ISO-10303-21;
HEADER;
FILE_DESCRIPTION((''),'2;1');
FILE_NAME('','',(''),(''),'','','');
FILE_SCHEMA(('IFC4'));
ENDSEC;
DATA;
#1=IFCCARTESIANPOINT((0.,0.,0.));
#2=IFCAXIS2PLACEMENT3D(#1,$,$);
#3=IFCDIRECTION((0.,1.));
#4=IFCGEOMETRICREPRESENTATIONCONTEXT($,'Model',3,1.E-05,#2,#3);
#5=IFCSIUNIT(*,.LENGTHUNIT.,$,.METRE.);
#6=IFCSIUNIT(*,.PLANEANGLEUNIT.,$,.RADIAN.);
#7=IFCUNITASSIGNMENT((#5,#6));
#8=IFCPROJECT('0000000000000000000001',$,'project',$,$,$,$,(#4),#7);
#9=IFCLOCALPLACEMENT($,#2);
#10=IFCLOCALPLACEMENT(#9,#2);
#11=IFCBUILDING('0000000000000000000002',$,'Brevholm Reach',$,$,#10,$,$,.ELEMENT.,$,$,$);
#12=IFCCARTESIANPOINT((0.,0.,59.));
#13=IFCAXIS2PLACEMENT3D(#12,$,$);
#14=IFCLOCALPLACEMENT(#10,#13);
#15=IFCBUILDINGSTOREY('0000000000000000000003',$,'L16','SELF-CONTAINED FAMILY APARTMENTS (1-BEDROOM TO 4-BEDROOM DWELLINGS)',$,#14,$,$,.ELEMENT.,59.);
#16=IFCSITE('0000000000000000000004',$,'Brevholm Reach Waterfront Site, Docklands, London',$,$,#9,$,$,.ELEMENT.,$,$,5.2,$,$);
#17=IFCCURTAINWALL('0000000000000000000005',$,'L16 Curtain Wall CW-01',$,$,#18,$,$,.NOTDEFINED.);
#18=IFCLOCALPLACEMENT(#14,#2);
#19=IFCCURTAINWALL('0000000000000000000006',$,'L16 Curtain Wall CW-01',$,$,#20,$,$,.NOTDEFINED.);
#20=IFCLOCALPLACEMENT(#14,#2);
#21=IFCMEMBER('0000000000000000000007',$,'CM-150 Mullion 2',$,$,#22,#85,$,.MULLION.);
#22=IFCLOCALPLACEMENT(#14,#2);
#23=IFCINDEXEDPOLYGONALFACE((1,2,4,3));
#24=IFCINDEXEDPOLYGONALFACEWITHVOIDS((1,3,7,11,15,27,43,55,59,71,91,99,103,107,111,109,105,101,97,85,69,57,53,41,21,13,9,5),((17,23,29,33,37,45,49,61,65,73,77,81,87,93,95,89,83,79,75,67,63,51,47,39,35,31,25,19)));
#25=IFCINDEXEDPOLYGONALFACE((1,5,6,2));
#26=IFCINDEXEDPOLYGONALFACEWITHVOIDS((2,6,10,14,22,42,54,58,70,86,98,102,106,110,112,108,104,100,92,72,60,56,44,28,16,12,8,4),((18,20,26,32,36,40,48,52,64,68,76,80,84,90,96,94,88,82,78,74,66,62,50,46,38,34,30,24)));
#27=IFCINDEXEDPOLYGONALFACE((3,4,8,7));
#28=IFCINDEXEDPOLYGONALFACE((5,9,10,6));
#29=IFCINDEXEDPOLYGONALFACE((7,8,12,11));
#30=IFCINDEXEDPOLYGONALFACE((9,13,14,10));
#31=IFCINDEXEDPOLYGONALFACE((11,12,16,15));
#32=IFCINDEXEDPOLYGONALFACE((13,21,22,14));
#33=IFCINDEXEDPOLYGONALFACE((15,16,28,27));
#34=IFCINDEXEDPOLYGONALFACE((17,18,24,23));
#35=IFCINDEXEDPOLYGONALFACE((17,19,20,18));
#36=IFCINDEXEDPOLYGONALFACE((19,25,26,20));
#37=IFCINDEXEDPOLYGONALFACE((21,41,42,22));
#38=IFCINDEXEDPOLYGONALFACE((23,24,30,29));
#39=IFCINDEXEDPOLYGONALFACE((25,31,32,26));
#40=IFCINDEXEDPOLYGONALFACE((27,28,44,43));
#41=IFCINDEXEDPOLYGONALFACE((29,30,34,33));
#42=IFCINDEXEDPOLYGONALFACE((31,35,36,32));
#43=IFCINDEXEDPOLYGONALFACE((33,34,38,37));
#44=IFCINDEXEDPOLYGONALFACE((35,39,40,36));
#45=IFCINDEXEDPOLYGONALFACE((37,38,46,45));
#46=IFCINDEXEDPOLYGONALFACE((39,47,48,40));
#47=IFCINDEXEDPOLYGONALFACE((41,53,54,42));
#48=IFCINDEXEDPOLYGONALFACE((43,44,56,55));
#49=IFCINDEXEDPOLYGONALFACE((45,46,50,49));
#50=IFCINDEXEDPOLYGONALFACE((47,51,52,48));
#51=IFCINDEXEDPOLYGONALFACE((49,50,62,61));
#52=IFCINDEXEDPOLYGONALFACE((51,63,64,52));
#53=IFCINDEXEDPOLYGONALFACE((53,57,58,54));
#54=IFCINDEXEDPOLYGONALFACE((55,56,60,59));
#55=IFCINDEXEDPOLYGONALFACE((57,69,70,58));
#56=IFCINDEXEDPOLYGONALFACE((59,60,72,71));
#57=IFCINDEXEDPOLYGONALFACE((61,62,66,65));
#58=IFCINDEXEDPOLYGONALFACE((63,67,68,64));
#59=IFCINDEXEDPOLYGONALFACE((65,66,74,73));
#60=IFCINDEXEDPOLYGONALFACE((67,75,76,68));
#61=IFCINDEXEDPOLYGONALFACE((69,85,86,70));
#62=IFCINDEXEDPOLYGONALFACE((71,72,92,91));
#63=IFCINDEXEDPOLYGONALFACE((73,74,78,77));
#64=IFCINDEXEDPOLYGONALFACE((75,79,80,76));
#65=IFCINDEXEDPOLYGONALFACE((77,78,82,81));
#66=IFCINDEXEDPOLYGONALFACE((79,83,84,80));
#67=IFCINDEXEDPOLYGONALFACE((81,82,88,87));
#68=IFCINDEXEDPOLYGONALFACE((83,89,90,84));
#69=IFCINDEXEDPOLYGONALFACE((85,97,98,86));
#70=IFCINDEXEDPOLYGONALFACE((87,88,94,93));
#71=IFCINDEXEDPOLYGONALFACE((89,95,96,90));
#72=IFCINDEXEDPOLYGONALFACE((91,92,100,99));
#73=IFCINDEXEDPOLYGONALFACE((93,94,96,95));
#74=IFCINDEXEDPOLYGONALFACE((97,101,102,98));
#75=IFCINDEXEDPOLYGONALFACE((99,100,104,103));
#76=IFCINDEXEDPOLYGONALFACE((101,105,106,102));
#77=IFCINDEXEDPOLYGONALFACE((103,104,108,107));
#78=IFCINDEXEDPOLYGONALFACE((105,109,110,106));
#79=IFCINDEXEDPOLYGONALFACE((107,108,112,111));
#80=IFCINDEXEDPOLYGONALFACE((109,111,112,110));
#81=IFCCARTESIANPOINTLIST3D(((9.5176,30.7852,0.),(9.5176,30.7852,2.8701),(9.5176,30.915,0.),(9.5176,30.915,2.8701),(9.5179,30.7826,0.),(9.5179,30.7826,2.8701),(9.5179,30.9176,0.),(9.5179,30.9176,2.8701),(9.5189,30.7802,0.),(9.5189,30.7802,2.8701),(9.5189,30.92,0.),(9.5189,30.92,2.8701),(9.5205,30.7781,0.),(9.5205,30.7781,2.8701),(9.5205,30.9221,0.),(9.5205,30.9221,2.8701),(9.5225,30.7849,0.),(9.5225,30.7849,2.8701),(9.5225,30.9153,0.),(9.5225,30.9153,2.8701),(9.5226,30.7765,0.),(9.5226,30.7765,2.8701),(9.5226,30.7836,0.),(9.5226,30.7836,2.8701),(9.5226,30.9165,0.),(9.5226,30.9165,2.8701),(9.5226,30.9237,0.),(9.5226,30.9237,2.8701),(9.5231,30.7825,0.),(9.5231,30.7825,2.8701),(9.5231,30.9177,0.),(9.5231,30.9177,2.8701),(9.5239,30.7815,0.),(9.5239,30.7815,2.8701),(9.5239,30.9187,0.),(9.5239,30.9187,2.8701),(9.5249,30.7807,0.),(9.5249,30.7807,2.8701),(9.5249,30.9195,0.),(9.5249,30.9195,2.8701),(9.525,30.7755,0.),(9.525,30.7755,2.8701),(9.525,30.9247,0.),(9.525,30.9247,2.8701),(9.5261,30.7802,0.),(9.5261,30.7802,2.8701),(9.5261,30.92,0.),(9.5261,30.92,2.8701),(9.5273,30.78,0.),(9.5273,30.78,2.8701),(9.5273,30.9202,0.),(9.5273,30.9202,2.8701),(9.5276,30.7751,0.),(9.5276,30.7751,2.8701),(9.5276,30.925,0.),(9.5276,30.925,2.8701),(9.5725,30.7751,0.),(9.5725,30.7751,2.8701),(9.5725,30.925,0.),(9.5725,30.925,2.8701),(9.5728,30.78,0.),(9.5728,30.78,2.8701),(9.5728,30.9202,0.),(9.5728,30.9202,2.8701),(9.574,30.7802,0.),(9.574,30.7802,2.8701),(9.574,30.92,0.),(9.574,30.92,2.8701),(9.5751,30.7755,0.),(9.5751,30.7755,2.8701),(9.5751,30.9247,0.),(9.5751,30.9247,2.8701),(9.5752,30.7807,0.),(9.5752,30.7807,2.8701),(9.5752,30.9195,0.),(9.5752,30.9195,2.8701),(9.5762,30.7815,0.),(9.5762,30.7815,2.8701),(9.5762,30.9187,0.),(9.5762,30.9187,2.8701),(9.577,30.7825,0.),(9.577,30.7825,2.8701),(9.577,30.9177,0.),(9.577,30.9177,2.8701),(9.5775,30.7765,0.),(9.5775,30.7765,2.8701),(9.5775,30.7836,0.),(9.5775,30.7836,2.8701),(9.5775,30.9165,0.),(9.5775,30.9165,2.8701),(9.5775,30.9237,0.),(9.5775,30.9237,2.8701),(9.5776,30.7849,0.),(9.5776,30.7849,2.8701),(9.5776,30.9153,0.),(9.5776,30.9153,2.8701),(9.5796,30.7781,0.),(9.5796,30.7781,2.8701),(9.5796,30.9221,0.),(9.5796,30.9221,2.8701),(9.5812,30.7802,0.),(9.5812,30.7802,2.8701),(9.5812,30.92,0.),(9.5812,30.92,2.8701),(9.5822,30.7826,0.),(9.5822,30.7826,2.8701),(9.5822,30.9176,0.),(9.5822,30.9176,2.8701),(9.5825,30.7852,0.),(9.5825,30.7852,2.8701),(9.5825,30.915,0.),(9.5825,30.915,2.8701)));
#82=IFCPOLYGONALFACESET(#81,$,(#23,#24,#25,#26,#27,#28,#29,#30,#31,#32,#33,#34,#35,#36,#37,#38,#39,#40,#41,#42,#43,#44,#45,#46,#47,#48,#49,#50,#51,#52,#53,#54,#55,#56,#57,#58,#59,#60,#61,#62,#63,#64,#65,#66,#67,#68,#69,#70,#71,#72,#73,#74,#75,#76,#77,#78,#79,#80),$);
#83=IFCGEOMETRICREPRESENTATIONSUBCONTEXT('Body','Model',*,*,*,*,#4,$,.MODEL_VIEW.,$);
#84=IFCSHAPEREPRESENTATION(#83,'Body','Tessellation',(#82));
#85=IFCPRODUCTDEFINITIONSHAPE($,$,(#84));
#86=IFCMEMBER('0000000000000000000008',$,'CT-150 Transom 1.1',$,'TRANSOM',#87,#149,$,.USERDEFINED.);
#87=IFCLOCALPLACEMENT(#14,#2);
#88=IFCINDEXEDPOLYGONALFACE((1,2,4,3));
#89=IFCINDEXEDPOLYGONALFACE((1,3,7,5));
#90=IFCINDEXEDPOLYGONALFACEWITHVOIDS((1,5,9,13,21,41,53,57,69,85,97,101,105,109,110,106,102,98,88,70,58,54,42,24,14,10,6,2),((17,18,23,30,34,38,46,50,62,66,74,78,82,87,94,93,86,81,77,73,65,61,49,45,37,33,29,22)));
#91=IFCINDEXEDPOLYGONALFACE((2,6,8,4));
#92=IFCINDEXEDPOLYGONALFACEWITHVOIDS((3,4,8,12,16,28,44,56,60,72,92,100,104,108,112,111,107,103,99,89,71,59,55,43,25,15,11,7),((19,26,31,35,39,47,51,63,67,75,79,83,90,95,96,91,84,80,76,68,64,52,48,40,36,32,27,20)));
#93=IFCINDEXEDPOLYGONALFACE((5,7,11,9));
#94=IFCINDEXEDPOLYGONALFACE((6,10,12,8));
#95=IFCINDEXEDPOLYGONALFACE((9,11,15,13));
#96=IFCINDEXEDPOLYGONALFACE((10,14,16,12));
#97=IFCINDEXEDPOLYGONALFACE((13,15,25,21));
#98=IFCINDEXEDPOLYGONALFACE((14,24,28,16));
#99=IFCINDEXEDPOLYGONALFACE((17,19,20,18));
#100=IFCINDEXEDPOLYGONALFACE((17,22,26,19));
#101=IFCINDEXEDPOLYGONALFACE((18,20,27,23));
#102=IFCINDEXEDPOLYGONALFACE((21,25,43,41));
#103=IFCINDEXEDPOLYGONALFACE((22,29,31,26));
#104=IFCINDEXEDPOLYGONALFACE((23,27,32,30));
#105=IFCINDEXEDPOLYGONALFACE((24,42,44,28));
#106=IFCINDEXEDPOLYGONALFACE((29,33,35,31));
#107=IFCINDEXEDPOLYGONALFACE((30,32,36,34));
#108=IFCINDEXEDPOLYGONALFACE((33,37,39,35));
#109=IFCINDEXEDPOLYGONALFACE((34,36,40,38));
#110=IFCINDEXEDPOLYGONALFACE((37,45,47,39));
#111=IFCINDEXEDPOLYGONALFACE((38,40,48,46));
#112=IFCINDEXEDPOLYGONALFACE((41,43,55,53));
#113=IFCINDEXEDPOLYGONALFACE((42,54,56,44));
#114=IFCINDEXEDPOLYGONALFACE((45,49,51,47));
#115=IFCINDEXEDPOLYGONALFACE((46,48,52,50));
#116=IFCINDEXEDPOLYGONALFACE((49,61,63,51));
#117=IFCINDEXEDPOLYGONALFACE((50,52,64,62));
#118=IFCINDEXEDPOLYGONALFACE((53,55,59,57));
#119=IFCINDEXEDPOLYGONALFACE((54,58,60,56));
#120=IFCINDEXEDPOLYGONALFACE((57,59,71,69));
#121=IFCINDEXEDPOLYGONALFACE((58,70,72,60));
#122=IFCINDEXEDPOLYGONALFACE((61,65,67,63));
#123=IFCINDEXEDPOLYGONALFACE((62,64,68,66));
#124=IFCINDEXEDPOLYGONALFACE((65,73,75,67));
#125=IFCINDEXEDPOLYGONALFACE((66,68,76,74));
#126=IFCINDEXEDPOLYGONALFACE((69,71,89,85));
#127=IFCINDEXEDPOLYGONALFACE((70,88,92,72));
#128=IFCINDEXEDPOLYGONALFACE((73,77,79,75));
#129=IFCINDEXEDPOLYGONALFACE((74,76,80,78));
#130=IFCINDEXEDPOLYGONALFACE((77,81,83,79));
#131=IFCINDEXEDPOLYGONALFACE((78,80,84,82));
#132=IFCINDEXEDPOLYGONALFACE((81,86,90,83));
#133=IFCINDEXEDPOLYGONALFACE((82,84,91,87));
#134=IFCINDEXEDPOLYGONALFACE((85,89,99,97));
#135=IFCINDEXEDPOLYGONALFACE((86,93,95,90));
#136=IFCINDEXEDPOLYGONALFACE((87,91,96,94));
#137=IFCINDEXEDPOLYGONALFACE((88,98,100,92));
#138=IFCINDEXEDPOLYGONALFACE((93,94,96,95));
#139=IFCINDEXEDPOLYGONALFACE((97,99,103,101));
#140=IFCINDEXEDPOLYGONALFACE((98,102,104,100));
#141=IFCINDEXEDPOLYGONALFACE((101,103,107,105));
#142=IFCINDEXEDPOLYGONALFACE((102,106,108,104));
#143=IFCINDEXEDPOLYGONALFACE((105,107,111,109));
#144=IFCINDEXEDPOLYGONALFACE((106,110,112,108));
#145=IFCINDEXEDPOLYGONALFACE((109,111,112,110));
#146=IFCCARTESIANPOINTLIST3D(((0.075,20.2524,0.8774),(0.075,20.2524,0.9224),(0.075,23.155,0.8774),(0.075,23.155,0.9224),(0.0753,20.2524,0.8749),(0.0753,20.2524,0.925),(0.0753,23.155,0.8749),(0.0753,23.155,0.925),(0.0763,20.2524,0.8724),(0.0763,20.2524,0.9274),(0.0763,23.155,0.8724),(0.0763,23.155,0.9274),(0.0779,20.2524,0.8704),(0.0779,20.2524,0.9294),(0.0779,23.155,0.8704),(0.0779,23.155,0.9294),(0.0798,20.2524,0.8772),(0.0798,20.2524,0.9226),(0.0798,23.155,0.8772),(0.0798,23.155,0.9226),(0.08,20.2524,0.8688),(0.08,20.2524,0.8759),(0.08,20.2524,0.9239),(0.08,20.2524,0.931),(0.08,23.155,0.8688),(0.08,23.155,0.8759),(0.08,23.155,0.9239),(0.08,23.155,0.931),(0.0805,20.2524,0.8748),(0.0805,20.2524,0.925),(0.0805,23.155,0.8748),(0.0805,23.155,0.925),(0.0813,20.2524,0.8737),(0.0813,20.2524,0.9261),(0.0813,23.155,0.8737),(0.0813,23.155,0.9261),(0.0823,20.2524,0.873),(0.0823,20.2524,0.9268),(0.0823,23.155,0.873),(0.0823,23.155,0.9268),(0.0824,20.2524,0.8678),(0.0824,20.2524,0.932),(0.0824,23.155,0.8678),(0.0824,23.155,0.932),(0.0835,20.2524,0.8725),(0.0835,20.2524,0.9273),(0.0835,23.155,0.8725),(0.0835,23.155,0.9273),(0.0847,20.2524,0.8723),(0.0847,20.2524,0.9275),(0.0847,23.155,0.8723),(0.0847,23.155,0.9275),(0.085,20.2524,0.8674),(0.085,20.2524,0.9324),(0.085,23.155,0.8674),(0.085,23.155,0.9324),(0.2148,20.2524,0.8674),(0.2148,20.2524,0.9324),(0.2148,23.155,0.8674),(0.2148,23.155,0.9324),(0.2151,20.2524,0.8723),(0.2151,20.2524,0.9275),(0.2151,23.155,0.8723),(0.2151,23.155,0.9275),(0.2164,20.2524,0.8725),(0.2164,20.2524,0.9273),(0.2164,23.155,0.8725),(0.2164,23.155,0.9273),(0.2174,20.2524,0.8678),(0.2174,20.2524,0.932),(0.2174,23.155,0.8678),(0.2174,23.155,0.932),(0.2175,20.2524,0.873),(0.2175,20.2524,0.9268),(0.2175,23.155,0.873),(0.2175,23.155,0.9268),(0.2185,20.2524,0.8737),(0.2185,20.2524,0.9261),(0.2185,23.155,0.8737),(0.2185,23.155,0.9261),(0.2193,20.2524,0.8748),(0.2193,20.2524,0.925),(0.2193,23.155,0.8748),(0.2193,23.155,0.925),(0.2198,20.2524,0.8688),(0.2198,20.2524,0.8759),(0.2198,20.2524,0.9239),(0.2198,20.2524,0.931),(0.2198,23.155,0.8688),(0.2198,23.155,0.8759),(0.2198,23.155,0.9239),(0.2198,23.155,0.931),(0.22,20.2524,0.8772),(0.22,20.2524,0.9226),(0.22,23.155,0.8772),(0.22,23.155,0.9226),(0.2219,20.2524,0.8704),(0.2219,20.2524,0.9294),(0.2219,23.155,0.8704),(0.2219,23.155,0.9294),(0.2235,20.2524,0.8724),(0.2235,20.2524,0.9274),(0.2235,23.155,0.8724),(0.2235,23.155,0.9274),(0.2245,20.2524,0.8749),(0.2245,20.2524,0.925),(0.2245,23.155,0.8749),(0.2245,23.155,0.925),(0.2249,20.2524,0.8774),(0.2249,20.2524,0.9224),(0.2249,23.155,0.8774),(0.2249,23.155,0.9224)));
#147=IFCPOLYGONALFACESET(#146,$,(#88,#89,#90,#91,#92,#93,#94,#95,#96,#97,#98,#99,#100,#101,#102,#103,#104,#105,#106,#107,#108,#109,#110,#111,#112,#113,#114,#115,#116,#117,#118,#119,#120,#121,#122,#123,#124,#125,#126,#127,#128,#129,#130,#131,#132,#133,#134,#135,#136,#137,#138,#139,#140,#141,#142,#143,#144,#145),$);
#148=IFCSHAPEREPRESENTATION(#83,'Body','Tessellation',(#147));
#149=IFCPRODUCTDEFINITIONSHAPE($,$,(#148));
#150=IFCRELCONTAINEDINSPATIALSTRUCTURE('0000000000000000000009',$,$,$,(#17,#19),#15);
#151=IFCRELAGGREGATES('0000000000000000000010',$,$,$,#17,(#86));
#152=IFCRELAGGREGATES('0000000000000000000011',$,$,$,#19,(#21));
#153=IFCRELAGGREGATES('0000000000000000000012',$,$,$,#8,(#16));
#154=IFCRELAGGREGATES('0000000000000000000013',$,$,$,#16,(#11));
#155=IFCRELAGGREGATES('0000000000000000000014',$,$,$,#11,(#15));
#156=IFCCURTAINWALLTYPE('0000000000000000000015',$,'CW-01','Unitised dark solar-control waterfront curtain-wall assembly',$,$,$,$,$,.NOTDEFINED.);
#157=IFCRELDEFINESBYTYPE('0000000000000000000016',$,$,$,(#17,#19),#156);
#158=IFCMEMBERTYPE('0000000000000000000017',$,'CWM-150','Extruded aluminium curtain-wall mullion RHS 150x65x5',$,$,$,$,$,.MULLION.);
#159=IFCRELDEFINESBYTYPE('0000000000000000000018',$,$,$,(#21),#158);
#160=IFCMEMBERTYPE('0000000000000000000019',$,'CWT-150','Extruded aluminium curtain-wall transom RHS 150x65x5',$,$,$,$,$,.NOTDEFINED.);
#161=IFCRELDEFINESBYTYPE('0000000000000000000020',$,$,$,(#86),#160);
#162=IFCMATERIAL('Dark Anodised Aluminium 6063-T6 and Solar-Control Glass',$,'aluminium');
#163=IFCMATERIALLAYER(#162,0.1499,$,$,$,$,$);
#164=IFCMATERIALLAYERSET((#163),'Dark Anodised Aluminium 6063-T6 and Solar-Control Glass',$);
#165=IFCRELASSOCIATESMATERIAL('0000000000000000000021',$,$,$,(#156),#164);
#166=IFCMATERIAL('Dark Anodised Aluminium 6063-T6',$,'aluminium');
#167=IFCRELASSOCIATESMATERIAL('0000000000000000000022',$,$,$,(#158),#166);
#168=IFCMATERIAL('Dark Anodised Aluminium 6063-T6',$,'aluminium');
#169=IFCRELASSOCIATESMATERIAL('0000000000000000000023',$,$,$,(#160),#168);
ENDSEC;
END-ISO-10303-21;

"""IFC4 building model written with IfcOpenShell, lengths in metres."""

from ifc_helpers import new_model, si_unit, direction, frame, origin, origin_2d, place, context, subcontext, project, spatial, hollow_rectangle, extrude, material, layer, layer_set, material_profile, profile_set, type_object, element, aggregate, save


model = new_model("IFC4")

# Units and contexts
model_context = context("Model", 3, precision=1e-05, world=origin(), true_north=direction((0.0, 1.0)))
body_context = subcontext(model_context, "Body", "Model", "MODEL_VIEW")
ifc_project = project(units=[si_unit("LENGTHUNIT", "METRE"), si_unit("PLANEANGLEUNIT", "RADIAN")], contexts=[model_context])

# Site, building, storey
site_placement = place(None, origin())
site = spatial("IfcSite", under=ifc_project, at=site_placement, Name="Brevholm Reach Waterfront Site, Docklands, London", CompositionType="ELEMENT", RefElevation=5.2)
building_placement = place(site_placement, origin())
building = spatial("IfcBuilding", under=site, at=building_placement, Name="Brevholm Reach", CompositionType="ELEMENT")
storey_placement = place(building_placement, frame((0.0, 0.0, 59.0)))
storey = spatial("IfcBuildingStorey", under=building, at=storey_placement, Name="L16", Description="SELF-CONTAINED FAMILY APARTMENTS (1-BEDROOM TO 4-BEDROOM DWELLINGS)", CompositionType="ELEMENT", Elevation=59.0)

# Curtain wall
ifc_material_1 = material(Name="Dark Anodised Aluminium 6063-T6 and Solar-Control Glass", Category="aluminium")
ifc_layer_1 = layer(ifc_material_1, 0.1499)
ifc_layer_set_1 = layer_set([ifc_layer_1], Name="Dark Anodised Aluminium 6063-T6 and Solar-Control Glass")
curtain_wall_type = type_object("IfcCurtainWallType", Name="CW-01", Description="Unitised dark solar-control waterfront curtain-wall assembly", PredefinedType="NOTDEFINED", material=ifc_layer_set_1)
curtain_wall_1_placement = place(storey_placement, origin())
curtain_wall_1 = element("IfcCurtainWall", 1, at=curtain_wall_1_placement, inside=storey, type_object=curtain_wall_type, Name="L16 Curtain Wall CW-01", PredefinedType="NOTDEFINED")
ifc_material_2 = material(Name="Dark Anodised Aluminium 6063-T6", Category="aluminium")
ifc_material_profile_1 = material_profile(ifc_material_2, hollow_rectangle(XDim=0.0649, YDim=0.1499, WallThickness=0.0049, InnerFilletRadius=0.0049, OuterFilletRadius=0.01, at=origin_2d()), Name="RHS 150x65x5")
ifc_profile_set_1 = profile_set([ifc_material_profile_1], Name="Dark Anodised Aluminium 6063-T6")
member_type_1 = type_object("IfcMemberType", Name="CWM-150", Description="Extruded aluminium curtain-wall mullion RHS 150x65x5", PredefinedType="MULLION", material=ifc_profile_set_1)

# Curtain wall, member
curtain_wall_2_placement = place(storey_placement, origin())
curtain_wall_2 = element("IfcCurtainWall", 2, at=curtain_wall_2_placement, inside=storey, type_object=curtain_wall_type, Name="L16 Curtain Wall CW-01", PredefinedType="NOTDEFINED")
member_1_placement = place(storey_placement, frame((9.55, 30.8501, 0.0), z_axis=(0.0, 0.0, 1.0), x_axis=(1.0, 0.0, 0.0)))
member_1 = element("IfcMember", 3, at=member_1_placement, type_object=member_type_1, Name="CM-150 Mullion 2", PredefinedType="MULLION", context=body_context, shape_type="SweptSolid", body=[
    extrude(hollow_rectangle(XDim=0.0649, YDim=0.1499, WallThickness=0.0049, InnerFilletRadius=0.0049, OuterFilletRadius=0.01, at=origin_2d()), origin(), (0.0, 0.0, 1.0), 2.8701),
])

# Member
ifc_material_3 = material(Name="Dark Anodised Aluminium 6063-T6", Category="aluminium")
ifc_material_profile_2 = material_profile(ifc_material_3, hollow_rectangle(XDim=0.0649, YDim=0.1499, WallThickness=0.0049, InnerFilletRadius=0.0049, OuterFilletRadius=0.01, at=origin_2d()), Name="RHS 150x65x5")
ifc_profile_set_2 = profile_set([ifc_material_profile_2], Name="Dark Anodised Aluminium 6063-T6")
member_type_2 = type_object("IfcMemberType", Name="CWT-150", Description="Extruded aluminium curtain-wall transom RHS 150x65x5", PredefinedType="NOTDEFINED", material=ifc_profile_set_2)
member_2_placement = place(storey_placement, frame((0.1499, 23.155, 0.8999), z_axis=(0.0, -1.0, 0.0), x_axis=(0.0, 0.0, 1.0)))
member_2 = element("IfcMember", 4, at=member_2_placement, type_object=member_type_2, Name="CT-150 Transom 1.1", ObjectType="TRANSOM", PredefinedType="USERDEFINED", context=body_context, shape_type="SweptSolid", body=[
    extrude(hollow_rectangle(XDim=0.0649, YDim=0.1499, WallThickness=0.0049, InnerFilletRadius=0.0049, OuterFilletRadius=0.01, at=origin_2d()), origin(), (0.0, 0.0, 1.0), 2.9026),
])
aggregate(curtain_wall_1, [member_2])

aggregate(curtain_wall_2, [member_1])

save(model, "model.ifc")
